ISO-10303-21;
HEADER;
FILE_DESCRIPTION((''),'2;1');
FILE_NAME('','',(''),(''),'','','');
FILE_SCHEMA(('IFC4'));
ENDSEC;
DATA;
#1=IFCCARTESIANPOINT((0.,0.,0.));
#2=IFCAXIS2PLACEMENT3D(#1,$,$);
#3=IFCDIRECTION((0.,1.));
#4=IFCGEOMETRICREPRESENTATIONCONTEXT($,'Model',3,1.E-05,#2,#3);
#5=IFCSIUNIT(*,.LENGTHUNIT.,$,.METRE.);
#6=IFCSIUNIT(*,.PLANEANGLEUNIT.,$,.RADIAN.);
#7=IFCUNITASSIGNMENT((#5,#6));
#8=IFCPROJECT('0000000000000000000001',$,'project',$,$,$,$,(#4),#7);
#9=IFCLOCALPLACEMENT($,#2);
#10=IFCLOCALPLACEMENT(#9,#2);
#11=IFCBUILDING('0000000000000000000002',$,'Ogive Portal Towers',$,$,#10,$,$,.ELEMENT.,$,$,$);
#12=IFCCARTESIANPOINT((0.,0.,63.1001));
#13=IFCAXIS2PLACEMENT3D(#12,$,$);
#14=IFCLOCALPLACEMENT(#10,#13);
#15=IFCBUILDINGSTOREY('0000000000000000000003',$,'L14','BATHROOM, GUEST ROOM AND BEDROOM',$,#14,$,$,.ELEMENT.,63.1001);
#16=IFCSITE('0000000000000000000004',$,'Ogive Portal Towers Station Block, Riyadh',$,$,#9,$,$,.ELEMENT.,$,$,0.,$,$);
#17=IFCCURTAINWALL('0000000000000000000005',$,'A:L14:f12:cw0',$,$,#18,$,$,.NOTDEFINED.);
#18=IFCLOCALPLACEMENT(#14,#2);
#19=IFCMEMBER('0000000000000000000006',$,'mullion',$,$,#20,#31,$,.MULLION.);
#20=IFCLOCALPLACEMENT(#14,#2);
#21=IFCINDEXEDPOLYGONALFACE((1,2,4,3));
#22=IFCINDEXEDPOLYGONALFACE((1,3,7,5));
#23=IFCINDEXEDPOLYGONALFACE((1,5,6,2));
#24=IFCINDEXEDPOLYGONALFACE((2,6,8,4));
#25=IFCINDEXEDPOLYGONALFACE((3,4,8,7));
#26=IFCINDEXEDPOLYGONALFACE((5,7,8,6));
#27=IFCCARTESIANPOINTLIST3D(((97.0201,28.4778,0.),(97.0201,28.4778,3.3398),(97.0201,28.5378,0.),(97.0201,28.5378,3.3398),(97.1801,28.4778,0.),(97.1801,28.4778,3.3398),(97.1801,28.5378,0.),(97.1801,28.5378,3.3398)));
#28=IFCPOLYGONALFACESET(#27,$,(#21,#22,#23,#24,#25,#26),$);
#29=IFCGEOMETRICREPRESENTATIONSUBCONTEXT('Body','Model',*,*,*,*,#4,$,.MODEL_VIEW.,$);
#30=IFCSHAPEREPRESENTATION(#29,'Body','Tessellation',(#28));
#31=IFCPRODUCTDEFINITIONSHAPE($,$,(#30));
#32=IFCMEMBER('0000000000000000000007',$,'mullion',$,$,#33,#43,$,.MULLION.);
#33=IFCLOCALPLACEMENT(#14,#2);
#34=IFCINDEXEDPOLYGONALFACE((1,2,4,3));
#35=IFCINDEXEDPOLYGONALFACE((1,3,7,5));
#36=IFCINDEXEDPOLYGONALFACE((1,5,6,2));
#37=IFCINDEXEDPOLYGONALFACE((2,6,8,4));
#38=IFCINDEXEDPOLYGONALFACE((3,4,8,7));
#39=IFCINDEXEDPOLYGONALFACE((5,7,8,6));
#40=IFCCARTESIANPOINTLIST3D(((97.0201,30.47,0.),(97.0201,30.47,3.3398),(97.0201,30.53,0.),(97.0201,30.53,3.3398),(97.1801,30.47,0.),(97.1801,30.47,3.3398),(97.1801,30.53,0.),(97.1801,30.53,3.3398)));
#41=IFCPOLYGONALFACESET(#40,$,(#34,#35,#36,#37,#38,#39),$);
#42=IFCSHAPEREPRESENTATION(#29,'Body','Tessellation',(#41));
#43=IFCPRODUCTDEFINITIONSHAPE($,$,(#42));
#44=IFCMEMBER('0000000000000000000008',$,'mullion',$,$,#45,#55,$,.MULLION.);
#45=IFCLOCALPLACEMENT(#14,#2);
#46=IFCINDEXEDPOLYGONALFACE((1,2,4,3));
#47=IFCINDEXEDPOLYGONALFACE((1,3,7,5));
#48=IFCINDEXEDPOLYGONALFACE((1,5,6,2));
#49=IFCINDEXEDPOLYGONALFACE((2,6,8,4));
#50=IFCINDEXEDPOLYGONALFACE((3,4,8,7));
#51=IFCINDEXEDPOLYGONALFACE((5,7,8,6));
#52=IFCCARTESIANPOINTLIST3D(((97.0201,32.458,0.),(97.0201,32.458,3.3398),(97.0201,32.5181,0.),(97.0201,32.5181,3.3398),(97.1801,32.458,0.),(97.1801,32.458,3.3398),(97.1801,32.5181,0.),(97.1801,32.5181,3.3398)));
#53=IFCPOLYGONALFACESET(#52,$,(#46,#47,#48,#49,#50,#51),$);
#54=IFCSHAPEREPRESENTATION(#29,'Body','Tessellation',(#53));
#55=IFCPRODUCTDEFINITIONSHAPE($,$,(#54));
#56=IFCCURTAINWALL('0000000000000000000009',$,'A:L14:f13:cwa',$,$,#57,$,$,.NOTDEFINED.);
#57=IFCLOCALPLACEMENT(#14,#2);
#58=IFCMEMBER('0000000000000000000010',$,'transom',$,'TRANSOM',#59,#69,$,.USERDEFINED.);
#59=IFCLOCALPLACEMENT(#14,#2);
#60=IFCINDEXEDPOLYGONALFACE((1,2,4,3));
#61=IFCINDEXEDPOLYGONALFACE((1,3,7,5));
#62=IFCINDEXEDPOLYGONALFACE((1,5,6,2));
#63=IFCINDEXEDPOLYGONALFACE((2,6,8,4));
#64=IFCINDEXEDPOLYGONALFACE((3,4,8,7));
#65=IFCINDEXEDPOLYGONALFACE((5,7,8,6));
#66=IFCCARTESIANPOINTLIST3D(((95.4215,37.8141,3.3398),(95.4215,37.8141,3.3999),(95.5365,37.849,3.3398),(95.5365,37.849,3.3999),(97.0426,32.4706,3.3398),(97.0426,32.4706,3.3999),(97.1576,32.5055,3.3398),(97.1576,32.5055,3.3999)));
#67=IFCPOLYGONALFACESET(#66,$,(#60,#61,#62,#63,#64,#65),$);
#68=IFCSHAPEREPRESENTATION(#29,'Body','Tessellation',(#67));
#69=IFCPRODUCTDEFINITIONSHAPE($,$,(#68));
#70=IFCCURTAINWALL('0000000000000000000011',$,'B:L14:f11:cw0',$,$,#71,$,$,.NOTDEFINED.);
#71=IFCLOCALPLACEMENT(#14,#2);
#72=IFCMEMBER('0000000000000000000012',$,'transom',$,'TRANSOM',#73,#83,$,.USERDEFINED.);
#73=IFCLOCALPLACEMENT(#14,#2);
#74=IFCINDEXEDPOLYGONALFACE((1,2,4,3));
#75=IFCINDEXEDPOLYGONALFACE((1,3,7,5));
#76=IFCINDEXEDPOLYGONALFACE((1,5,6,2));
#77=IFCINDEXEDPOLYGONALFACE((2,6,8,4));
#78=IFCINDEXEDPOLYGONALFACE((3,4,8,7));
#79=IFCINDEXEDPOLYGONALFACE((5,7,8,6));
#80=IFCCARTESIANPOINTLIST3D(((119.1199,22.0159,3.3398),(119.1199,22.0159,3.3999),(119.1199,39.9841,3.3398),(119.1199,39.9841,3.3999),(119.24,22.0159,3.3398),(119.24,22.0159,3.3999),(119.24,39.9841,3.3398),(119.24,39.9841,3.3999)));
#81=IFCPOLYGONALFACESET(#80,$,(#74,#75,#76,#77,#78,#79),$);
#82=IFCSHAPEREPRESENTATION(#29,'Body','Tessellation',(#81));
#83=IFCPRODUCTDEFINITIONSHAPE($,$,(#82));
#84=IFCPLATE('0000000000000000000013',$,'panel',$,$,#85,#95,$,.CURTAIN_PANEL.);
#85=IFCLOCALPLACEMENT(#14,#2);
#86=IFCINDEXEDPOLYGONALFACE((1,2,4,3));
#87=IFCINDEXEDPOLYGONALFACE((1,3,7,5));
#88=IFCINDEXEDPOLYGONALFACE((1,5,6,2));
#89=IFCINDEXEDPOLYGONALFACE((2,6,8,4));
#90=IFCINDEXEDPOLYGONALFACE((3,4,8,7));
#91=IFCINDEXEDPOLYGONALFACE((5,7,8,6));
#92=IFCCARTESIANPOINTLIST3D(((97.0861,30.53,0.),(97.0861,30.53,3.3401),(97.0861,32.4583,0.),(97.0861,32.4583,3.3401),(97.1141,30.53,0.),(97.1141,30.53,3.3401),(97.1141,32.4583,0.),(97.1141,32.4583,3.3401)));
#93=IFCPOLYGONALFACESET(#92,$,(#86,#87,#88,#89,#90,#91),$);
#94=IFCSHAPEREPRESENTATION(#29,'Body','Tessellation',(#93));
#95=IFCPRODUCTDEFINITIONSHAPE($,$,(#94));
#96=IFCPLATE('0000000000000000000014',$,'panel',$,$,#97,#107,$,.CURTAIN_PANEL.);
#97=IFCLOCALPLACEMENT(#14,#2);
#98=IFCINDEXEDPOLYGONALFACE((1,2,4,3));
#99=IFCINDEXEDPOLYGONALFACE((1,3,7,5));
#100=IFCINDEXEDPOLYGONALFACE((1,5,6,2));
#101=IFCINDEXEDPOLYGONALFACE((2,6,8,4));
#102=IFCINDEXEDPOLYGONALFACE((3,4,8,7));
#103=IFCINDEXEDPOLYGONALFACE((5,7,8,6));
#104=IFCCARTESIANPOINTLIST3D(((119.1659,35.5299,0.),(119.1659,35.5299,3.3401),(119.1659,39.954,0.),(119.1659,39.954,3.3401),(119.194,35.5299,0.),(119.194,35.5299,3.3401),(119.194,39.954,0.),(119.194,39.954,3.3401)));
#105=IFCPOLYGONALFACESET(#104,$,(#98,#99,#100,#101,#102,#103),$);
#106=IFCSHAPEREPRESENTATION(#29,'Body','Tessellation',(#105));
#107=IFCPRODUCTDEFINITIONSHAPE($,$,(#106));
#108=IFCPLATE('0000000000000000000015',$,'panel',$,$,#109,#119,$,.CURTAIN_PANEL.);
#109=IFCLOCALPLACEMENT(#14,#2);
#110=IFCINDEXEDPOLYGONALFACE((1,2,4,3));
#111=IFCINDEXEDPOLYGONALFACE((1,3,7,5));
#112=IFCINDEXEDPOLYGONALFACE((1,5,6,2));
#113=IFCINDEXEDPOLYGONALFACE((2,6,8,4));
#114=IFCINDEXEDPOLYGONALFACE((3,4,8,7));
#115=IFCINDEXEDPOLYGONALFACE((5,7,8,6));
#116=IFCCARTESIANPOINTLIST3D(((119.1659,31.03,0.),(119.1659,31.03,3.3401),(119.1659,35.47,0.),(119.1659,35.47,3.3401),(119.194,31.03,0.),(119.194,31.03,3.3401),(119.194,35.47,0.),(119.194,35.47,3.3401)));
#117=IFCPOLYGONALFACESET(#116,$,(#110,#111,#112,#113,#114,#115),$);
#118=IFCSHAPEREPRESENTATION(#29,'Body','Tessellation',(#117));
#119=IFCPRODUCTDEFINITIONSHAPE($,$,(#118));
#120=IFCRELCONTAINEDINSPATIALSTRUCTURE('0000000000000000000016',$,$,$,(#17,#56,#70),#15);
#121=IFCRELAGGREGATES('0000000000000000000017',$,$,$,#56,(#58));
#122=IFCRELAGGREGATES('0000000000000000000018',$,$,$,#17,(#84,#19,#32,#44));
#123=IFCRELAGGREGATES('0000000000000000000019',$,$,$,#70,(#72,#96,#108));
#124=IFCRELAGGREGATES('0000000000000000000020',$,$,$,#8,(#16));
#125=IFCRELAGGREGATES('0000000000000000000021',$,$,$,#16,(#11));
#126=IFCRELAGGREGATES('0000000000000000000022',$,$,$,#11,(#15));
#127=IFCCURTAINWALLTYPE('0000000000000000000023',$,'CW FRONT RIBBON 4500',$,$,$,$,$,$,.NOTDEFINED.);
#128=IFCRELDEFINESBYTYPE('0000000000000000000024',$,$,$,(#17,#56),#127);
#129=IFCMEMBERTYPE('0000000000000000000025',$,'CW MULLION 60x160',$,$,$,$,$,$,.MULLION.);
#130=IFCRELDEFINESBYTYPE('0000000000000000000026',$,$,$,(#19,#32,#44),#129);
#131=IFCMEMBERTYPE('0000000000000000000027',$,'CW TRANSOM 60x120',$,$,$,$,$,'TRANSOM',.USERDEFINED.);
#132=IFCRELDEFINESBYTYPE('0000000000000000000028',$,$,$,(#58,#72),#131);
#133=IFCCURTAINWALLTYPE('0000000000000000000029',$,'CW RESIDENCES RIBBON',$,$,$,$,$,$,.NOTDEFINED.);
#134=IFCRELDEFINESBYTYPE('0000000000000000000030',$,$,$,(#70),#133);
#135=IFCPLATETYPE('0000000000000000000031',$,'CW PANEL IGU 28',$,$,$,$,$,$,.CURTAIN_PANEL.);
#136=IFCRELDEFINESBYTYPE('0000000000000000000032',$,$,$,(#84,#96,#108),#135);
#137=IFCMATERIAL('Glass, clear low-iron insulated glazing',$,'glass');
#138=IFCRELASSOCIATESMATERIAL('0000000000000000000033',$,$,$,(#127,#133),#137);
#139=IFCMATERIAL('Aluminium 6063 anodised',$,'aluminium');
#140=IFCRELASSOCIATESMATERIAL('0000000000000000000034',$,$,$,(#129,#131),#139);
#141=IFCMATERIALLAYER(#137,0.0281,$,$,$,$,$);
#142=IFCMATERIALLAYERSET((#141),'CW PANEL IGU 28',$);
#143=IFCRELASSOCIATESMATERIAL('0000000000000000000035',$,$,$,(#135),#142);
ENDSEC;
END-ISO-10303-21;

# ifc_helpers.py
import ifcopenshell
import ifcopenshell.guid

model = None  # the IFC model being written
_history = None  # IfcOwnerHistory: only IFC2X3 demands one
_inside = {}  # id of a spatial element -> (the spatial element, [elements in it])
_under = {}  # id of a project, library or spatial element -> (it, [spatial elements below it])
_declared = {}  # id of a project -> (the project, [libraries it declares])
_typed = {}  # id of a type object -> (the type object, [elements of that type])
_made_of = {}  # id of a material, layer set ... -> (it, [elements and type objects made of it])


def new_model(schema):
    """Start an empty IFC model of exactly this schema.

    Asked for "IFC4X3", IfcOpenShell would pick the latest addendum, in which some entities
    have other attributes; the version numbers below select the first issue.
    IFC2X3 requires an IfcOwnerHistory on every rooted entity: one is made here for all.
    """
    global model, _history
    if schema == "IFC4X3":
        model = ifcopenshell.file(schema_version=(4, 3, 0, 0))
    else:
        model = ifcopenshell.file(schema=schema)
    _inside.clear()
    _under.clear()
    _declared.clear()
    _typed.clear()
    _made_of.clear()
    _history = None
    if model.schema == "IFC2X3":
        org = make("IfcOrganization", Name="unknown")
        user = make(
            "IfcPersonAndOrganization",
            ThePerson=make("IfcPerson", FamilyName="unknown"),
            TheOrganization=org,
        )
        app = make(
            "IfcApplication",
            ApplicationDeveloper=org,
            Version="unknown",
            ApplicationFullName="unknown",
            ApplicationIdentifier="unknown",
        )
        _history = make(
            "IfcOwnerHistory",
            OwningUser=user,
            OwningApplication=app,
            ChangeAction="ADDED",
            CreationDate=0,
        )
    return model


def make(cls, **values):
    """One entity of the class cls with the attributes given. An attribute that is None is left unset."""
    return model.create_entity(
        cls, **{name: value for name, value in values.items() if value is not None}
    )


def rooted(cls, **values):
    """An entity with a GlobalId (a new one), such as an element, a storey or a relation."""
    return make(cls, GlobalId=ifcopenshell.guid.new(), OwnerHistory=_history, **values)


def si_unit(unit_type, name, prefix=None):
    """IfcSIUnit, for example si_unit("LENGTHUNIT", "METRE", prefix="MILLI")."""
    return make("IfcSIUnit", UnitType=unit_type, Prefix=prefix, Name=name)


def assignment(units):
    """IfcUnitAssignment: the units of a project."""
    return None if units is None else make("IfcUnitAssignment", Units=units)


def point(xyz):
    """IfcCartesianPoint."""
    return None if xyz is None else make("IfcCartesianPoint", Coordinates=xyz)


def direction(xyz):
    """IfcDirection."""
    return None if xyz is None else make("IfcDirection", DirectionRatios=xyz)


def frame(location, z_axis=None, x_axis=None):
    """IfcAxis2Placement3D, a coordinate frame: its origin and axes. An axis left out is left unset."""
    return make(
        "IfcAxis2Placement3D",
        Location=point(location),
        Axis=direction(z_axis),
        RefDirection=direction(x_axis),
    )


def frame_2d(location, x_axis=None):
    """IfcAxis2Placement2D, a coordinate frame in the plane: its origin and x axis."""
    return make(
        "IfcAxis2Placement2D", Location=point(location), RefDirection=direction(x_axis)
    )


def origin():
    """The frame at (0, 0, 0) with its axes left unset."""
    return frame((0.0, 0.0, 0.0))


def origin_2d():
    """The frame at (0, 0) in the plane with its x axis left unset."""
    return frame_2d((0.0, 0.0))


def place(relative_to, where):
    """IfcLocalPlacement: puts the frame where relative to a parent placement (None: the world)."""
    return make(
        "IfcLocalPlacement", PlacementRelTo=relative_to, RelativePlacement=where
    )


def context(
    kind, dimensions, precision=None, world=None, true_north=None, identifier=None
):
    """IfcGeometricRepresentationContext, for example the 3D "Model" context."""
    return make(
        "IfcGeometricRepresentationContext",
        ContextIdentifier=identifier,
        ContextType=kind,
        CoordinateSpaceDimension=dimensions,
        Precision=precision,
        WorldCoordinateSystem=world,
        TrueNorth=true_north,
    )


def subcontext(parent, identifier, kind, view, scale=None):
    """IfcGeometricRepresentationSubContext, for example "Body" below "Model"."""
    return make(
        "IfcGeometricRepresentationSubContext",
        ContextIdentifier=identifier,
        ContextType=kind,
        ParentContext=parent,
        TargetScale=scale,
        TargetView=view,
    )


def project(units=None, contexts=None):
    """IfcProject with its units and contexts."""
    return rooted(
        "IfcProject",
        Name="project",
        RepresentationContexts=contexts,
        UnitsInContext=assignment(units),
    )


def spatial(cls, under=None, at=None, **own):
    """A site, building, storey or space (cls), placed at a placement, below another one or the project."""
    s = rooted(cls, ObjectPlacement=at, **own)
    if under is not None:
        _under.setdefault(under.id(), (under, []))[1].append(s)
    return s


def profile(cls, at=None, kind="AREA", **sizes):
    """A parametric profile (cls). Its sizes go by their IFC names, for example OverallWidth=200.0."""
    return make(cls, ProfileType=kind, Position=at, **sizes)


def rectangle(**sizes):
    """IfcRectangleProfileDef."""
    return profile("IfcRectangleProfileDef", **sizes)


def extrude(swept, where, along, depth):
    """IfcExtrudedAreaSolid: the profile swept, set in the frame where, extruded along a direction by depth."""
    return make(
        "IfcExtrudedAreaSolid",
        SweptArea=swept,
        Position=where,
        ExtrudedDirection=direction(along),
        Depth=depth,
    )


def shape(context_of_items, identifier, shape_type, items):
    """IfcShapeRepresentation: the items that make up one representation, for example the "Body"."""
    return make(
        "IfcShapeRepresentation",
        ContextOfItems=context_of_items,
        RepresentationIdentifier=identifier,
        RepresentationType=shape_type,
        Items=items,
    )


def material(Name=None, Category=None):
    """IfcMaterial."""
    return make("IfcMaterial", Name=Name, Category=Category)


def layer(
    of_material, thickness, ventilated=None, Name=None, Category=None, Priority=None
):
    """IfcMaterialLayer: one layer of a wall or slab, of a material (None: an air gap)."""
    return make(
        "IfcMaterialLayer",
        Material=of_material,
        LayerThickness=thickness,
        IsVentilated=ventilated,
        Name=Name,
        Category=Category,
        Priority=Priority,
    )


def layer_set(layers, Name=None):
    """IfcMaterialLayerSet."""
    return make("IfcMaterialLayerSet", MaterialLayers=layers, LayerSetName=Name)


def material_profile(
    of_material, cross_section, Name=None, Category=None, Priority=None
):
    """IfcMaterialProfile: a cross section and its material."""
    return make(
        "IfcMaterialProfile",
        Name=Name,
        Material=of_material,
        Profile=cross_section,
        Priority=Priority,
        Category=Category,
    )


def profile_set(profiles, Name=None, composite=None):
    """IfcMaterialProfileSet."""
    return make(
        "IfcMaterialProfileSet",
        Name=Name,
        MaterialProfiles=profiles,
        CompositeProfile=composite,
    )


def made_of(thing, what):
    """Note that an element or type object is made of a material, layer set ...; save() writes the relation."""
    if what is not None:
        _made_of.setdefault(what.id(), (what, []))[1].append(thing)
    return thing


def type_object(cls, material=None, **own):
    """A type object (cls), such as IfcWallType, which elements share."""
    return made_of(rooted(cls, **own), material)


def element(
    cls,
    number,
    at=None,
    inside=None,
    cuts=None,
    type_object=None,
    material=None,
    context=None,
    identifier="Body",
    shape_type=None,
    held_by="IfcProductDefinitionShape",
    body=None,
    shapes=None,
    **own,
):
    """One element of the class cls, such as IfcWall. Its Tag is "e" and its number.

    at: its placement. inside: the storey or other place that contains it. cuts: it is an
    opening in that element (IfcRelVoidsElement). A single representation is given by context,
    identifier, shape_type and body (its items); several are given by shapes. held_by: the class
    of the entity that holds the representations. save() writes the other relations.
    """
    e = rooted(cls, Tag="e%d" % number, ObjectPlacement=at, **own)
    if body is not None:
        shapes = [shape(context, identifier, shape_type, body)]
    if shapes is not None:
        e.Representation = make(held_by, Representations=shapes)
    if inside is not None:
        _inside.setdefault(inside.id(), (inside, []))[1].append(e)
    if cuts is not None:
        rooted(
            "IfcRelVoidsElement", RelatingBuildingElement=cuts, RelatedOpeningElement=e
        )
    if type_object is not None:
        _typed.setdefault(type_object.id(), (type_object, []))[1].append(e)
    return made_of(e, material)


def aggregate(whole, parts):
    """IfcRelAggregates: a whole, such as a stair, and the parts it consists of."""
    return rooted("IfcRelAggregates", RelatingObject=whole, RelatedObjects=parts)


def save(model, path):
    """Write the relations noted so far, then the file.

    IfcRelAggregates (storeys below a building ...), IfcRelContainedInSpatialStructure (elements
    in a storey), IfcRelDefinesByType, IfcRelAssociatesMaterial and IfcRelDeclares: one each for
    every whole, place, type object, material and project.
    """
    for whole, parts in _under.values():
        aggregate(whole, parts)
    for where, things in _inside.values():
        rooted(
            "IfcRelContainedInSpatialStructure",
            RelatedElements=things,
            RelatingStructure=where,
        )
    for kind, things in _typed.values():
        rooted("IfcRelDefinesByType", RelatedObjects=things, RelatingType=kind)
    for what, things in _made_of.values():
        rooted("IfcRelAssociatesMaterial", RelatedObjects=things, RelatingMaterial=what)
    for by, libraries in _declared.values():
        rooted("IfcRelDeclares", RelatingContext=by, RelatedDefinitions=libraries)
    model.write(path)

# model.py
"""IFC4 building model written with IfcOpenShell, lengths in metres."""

from ifc_helpers import new_model, si_unit, direction, frame, origin, origin_2d, place, context, subcontext, project, spatial, rectangle, extrude, material, layer, layer_set, material_profile, profile_set, type_object, element, aggregate, save


model = new_model("IFC4")

# Units and contexts
model_context = context("Model", 3, precision=1e-05, world=origin(), true_north=direction((0.0, 1.0)))
body_context = subcontext(model_context, "Body", "Model", "MODEL_VIEW")
ifc_project = project(units=[si_unit("LENGTHUNIT", "METRE"), si_unit("PLANEANGLEUNIT", "RADIAN")], contexts=[model_context])

# Site, building, storey
site_placement = place(None, origin())
site = spatial("IfcSite", under=ifc_project, at=site_placement, Name="Ogive Portal Towers Station Block, Riyadh", CompositionType="ELEMENT", RefElevation=0.0)
building_placement = place(site_placement, origin())
building = spatial("IfcBuilding", under=site, at=building_placement, Name="Ogive Portal Towers", CompositionType="ELEMENT")
storey_placement = place(building_placement, frame((0.0, 0.0, 63.1001)))
storey = spatial("IfcBuildingStorey", under=building, at=storey_placement, Name="L14", Description="BATHROOM, GUEST ROOM AND BEDROOM", CompositionType="ELEMENT", Elevation=63.1001)

# Curtain wall, members
ifc_material_1 = material(Name="Glass, clear low-iron insulated glazing", Category="glass")
curtain_wall_type_1 = type_object("IfcCurtainWallType", Name="CW FRONT RIBBON 4500", PredefinedType="NOTDEFINED", material=ifc_material_1)
curtain_wall_1_placement = place(storey_placement, origin())
curtain_wall_1 = element("IfcCurtainWall", 1, at=curtain_wall_1_placement, inside=storey, type_object=curtain_wall_type_1, Name="A:L14:f12:cw0", PredefinedType="NOTDEFINED")
ifc_material_2 = material(Name="Aluminium 6063 anodised", Category="aluminium")
ifc_material_profile_1 = material_profile(ifc_material_2, rectangle(XDim=0.1599, YDim=0.0601, at=origin_2d()), Name="AL 60x160")
ifc_profile_set_1 = profile_set([ifc_material_profile_1], Name="Aluminium 6063 anodised")
member_type_1 = type_object("IfcMemberType", Name="CW MULLION 60x160", PredefinedType="MULLION", material=ifc_profile_set_1)
member_1_placement = place(storey_placement, frame((97.1001, 28.5078, 0.0), z_axis=(0.0, 0.0, 1.0), x_axis=(-1.0, 0.0, 0.0)))
member_1 = element("IfcMember", 2, at=member_1_placement, type_object=member_type_1, Name="mullion", PredefinedType="MULLION", context=body_context, shape_type="SweptSolid", body=[
    extrude(rectangle(XDim=0.1599, YDim=0.0601, at=origin_2d()), origin(), (0.0, 0.0, 1.0), 3.3398),
])
member_2_placement = place(storey_placement, frame((97.1001, 30.5, 0.0), z_axis=(0.0, 0.0, 1.0), x_axis=(-1.0, 0.0, 0.0)))
member_2 = element("IfcMember", 3, at=member_2_placement, type_object=member_type_1, Name="mullion", PredefinedType="MULLION", context=body_context, shape_type="SweptSolid", body=[
    extrude(rectangle(XDim=0.1599, YDim=0.0601, at=origin_2d()), origin(), (0.0, 0.0, 1.0), 3.3398),
])
member_3_placement = place(storey_placement, frame((97.1001, 32.488, 0.0), z_axis=(0.0, 0.0, 1.0), x_axis=(-1.0, 0.0, 0.0)))
member_3 = element("IfcMember", 4, at=member_3_placement, type_object=member_type_1, Name="mullion", PredefinedType="MULLION", context=body_context, shape_type="SweptSolid", body=[
    extrude(rectangle(XDim=0.1599, YDim=0.0601, at=origin_2d()), origin(), (0.0, 0.0, 1.0), 3.3398),
])

# Curtain walls, members
curtain_wall_2_placement = place(storey_placement, origin())
curtain_wall_2 = element("IfcCurtainWall", 5, at=curtain_wall_2_placement, inside=storey, type_object=curtain_wall_type_1, Name="A:L14:f13:cwa", PredefinedType="NOTDEFINED")
ifc_material_profile_2 = material_profile(ifc_material_2, rectangle(XDim=0.1201, YDim=0.0601, at=origin_2d()), Name="AL 120x60")
ifc_profile_set_2 = profile_set([ifc_material_profile_2], Name="Aluminium 6063 anodised")
member_type_2 = type_object("IfcMemberType", Name="CW TRANSOM 60x120", ElementType="TRANSOM", PredefinedType="USERDEFINED", material=ifc_profile_set_2)
member_4_placement = place(storey_placement, frame((97.1001, 32.488, 3.3699), z_axis=(-0.290311, 0.956932, 0.0), x_axis=(-0.956932, -0.290311, 0.0)))
member_4 = element("IfcMember", 6, at=member_4_placement, type_object=member_type_2, Name="transom", ObjectType="TRANSOM", PredefinedType="USERDEFINED", context=body_context, shape_type="SweptSolid", body=[
    extrude(rectangle(XDim=0.1201, YDim=0.0601, at=origin_2d()), origin(), (0.0, 0.0, 1.0), 5.584),
])
aggregate(curtain_wall_2, [member_4])
curtain_wall_type_2 = type_object("IfcCurtainWallType", Name="CW RESIDENCES RIBBON", PredefinedType="NOTDEFINED", material=ifc_material_1)
curtain_wall_3_placement = place(storey_placement, origin())
curtain_wall_3 = element("IfcCurtainWall", 7, at=curtain_wall_3_placement, inside=storey, type_object=curtain_wall_type_2, Name="B:L14:f11:cw0", PredefinedType="NOTDEFINED")
member_5_placement = place(storey_placement, frame((119.1799, 39.9841, 3.3699), z_axis=(0.0, -1.0, 0.0), x_axis=(1.0, 0.0, 0.0)))
member_5 = element("IfcMember", 8, at=member_5_placement, type_object=member_type_2, Name="transom", ObjectType="TRANSOM", PredefinedType="USERDEFINED", context=body_context, shape_type="SweptSolid", body=[
    extrude(rectangle(XDim=0.1201, YDim=0.0601, at=origin_2d()), origin(), (0.0, 0.0, 1.0), 17.9683),
])

# Plates
ifc_layer_1 = layer(ifc_material_1, 0.0281)
ifc_layer_set_1 = layer_set([ifc_layer_1], Name="CW PANEL IGU 28")
plate_type = type_object("IfcPlateType", Name="CW PANEL IGU 28", PredefinedType="CURTAIN_PANEL", material=ifc_layer_set_1)
plate_1_placement = place(storey_placement, frame((97.1001, 31.4941, 0.0), z_axis=(0.0, 0.0, 1.0), x_axis=(0.0, 1.0, 0.0)))
plate_1 = element("IfcPlate", 9, at=plate_1_placement, type_object=plate_type, Name="panel", PredefinedType="CURTAIN_PANEL", context=body_context, shape_type="SweptSolid", body=[
    extrude(rectangle(XDim=1.9282, YDim=0.0281, at=origin_2d()), origin(), (0.0, 0.0, 1.0), 3.3401),
])
aggregate(curtain_wall_1, [plate_1, member_1, member_2, member_3])
plate_2_placement = place(storey_placement, frame((119.1799, 37.7419, 0.0), z_axis=(0.0, 0.0, 1.0), x_axis=(0.0, -1.0, 0.0)))
plate_2 = element("IfcPlate", 10, at=plate_2_placement, type_object=plate_type, Name="panel", PredefinedType="CURTAIN_PANEL", context=body_context, shape_type="SweptSolid", body=[
    extrude(rectangle(XDim=4.4241, YDim=0.0281, at=origin_2d()), origin(), (0.0, 0.0, 1.0), 3.3401),
])
plate_3_placement = place(storey_placement, frame((119.1799, 33.25, 0.0), z_axis=(0.0, 0.0, 1.0), x_axis=(0.0, -1.0, 0.0)))
plate_3 = element("IfcPlate", 11, at=plate_3_placement, type_object=plate_type, Name="panel", PredefinedType="CURTAIN_PANEL", context=body_context, shape_type="SweptSolid", body=[
    extrude(rectangle(XDim=4.4399, YDim=0.0281, at=origin_2d()), origin(), (0.0, 0.0, 1.0), 3.3401),
])
aggregate(curtain_wall_3, [member_5, plate_2, plate_3])

save(model, "model.ifc")
